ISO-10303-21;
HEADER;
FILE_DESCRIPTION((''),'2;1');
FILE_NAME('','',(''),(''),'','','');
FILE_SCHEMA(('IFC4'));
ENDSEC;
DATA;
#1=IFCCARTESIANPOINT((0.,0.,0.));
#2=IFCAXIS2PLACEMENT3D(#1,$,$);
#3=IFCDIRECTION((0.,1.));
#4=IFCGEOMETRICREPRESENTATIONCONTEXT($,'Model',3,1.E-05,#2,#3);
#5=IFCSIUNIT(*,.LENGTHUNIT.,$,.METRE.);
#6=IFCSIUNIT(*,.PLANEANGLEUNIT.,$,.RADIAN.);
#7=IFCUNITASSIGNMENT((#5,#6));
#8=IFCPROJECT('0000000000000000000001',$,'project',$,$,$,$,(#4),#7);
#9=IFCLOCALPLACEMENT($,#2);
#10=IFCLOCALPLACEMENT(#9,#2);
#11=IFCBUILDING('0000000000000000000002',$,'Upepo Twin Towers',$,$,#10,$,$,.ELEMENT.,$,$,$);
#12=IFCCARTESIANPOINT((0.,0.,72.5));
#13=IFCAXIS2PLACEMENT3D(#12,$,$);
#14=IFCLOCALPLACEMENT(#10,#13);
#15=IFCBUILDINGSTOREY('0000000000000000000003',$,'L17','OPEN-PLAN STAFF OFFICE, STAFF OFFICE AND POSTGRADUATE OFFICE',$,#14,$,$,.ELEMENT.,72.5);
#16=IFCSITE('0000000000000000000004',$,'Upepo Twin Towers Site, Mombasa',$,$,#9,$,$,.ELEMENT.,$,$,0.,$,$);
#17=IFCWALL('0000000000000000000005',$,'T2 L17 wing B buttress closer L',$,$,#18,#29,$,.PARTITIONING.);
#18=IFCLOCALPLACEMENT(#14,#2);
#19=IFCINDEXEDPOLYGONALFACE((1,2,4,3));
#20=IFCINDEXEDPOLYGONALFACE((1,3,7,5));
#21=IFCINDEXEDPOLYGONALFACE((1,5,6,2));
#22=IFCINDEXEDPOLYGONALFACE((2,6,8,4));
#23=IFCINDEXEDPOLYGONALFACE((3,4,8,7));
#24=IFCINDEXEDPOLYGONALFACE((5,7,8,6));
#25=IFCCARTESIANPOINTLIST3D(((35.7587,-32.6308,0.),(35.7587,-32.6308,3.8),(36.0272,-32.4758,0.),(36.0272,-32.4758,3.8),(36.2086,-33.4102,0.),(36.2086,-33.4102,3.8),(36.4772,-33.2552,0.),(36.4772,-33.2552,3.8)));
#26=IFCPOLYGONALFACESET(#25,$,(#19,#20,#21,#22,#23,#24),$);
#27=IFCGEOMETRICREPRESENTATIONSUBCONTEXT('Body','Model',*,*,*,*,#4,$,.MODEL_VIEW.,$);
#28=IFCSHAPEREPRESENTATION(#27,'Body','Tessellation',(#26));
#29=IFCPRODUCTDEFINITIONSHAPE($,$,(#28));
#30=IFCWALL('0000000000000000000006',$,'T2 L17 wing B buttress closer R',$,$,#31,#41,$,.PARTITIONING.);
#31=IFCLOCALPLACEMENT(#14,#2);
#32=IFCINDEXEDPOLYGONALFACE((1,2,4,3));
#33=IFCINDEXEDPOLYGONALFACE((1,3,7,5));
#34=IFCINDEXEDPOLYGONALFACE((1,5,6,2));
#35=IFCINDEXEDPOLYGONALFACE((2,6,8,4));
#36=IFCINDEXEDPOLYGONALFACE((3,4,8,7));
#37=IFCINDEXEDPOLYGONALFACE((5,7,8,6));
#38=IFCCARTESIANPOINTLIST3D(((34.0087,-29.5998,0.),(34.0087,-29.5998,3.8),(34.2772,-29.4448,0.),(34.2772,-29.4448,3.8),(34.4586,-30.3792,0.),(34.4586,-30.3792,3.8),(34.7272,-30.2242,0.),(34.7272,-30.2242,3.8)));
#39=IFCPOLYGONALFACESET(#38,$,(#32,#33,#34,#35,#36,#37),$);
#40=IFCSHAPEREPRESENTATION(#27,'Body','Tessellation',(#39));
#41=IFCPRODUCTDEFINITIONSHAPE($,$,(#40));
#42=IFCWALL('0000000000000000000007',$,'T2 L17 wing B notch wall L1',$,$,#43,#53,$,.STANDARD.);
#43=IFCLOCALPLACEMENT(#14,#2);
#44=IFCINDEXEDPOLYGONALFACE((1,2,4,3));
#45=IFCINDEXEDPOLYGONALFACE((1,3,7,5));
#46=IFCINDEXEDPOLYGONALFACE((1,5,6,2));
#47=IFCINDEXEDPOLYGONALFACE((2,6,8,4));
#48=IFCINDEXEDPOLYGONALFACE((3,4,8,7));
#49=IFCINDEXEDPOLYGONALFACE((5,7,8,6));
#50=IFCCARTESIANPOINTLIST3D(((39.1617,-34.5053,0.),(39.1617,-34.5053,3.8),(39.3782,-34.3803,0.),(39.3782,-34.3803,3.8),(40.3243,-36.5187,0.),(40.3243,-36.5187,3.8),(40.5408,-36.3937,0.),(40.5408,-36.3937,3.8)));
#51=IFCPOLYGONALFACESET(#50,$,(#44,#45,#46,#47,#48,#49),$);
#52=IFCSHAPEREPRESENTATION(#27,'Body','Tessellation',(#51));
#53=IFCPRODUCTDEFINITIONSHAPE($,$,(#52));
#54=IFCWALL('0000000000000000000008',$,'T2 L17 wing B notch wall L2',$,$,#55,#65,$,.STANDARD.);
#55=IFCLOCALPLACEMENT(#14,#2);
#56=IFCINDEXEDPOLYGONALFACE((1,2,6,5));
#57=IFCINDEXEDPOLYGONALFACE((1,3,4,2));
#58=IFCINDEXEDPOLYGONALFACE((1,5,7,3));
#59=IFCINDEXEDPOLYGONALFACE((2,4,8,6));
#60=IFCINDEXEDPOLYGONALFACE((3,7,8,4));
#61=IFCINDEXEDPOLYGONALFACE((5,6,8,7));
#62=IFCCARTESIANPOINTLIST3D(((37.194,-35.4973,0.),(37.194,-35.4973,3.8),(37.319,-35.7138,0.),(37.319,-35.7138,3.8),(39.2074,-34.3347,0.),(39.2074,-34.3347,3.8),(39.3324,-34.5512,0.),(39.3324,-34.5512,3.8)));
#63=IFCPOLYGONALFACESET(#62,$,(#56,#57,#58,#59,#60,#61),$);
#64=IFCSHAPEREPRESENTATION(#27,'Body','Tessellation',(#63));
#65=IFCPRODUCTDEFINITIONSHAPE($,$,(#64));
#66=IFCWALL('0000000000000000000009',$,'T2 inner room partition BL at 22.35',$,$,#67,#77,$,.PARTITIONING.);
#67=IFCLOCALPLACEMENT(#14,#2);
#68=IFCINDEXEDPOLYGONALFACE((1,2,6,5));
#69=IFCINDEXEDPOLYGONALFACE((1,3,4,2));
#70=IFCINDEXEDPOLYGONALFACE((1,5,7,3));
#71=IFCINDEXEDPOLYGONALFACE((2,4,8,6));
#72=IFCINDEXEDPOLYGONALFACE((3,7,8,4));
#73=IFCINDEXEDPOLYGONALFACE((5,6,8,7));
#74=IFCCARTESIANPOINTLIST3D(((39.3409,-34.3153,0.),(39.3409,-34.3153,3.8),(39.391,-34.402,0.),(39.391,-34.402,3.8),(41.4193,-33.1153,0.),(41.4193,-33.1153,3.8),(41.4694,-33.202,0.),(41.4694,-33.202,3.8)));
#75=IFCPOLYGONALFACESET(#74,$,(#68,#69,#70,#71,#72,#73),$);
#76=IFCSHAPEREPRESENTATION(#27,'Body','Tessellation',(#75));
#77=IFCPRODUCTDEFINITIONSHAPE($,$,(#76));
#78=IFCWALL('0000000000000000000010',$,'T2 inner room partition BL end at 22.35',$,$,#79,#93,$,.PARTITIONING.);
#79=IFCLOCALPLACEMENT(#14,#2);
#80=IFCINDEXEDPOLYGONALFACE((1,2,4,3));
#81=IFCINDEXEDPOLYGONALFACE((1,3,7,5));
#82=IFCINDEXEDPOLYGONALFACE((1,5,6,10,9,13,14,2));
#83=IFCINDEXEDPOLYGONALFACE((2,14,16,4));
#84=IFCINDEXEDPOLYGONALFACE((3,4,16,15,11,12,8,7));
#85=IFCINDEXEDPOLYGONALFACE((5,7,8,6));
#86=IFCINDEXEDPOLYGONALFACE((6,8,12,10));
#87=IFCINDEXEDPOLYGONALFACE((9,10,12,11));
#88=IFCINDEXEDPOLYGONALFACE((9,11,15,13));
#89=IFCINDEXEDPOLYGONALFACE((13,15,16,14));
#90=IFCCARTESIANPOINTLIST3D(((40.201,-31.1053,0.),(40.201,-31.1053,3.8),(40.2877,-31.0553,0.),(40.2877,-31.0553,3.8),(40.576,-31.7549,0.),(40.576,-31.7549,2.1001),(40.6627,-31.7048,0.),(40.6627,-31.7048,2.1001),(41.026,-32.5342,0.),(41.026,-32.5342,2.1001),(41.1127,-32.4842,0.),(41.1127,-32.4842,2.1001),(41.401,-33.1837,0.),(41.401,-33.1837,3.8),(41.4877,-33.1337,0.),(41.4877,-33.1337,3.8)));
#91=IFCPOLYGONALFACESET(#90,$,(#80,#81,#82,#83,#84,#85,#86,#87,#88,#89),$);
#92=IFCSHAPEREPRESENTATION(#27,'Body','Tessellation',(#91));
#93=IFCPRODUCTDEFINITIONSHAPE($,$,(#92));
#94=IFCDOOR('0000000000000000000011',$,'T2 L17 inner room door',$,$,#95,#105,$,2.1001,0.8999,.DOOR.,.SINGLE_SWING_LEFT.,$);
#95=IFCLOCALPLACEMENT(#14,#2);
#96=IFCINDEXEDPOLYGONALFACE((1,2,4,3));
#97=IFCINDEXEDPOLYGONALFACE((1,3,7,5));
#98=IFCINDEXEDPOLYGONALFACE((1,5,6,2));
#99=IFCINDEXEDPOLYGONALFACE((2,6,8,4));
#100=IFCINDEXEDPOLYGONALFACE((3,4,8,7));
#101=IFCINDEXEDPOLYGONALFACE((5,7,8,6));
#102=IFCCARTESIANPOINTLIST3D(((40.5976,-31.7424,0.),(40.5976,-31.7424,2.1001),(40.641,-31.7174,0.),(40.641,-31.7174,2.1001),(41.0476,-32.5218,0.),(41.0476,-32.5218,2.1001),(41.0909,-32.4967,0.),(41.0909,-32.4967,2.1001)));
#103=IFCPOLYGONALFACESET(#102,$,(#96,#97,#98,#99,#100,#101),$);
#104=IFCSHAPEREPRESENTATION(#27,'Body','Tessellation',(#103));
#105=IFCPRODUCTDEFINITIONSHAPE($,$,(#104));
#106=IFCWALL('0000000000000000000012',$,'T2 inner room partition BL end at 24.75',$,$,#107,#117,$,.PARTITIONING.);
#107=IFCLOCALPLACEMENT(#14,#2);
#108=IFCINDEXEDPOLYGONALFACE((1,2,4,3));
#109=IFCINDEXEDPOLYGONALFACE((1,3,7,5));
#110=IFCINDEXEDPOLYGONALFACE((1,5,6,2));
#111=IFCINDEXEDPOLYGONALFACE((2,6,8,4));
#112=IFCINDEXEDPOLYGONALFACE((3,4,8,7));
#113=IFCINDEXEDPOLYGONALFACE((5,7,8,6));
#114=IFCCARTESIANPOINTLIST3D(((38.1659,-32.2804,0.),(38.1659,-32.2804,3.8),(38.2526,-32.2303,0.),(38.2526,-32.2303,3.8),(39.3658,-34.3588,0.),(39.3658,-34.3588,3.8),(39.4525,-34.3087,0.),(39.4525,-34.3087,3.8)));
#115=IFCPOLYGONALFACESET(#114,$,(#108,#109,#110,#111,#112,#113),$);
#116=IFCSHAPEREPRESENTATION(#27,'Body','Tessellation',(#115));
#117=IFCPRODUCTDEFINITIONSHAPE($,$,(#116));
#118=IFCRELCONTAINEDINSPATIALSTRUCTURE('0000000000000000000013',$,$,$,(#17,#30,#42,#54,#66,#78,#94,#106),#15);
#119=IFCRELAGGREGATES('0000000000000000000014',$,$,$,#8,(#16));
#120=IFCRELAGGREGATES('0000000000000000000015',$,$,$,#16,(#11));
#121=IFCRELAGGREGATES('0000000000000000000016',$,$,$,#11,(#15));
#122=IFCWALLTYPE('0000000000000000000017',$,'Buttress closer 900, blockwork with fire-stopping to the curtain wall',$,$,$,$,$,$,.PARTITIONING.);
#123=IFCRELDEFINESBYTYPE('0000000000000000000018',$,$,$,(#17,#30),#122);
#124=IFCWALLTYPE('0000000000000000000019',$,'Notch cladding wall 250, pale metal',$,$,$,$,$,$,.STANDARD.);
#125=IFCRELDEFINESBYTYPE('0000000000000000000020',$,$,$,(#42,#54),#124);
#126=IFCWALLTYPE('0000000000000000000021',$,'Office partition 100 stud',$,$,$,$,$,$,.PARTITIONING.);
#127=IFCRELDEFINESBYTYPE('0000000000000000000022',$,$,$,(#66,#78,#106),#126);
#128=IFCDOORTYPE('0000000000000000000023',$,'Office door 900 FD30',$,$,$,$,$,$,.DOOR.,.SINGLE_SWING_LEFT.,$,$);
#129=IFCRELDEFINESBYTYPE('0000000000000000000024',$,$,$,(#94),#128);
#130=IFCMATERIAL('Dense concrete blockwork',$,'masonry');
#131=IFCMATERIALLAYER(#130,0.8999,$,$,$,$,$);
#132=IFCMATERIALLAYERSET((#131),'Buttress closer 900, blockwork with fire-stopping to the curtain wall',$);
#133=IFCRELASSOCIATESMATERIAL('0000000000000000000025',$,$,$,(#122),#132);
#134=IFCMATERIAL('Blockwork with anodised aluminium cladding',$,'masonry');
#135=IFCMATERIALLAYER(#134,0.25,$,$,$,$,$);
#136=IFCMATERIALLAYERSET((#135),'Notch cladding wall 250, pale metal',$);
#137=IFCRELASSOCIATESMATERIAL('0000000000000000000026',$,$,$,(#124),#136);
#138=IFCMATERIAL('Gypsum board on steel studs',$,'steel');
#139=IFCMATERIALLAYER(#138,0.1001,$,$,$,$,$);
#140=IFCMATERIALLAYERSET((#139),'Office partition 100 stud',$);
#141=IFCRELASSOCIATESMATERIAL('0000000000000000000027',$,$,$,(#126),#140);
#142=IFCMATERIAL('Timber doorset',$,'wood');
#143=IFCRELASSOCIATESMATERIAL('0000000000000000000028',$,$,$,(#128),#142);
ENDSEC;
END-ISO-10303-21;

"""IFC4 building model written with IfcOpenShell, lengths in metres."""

from ifc_helpers import new_model, si_unit, direction, frame, frame_2d, origin, place, context, subcontext, project, spatial, rectangle, extrude, material, layer, layer_set, type_object, element, fill, save


model = new_model("IFC4")

# Units and contexts
model_context = context("Model", 3, precision=1e-05, world=origin(), true_north=direction((0.0, 1.0)))
body_context = subcontext(model_context, "Body", "Model", "MODEL_VIEW")
ifc_project = project(units=[si_unit("LENGTHUNIT", "METRE"), si_unit("PLANEANGLEUNIT", "RADIAN")], contexts=[model_context])

# Site, building, storey
site_placement = place(None, origin())
site = spatial("IfcSite", under=ifc_project, at=site_placement, Name="Upepo Twin Towers Site, Mombasa", CompositionType="ELEMENT", RefElevation=0.0)
building_placement = place(site_placement, origin())
building = spatial("IfcBuilding", under=site, at=building_placement, Name="Upepo Twin Towers", CompositionType="ELEMENT")
storey_placement = place(building_placement, frame((0.0, 0.0, 72.5)))
storey = spatial("IfcBuildingStorey", under=building, at=storey_placement, Name="L17", Description="OPEN-PLAN STAFF OFFICE, STAFF OFFICE AND POSTGRADUATE OFFICE", CompositionType="ELEMENT", Elevation=72.5)

# Walls
ifc_material_1 = material(Name="Dense concrete blockwork", Category="masonry")
ifc_layer_1 = layer(ifc_material_1, 0.8999)
ifc_layer_set_1 = layer_set([ifc_layer_1], Name="Buttress closer 900, blockwork with fire-stopping to the curtain wall")
wall_type_1 = type_object("IfcWallType", Name="Buttress closer 900, blockwork with fire-stopping to the curtain wall", PredefinedType="PARTITIONING", material=ifc_layer_set_1)
for number, where, z_axis, x_axis, name in (
    (1, (36.2522, -32.8655, 0.0), (0.0, 0.0, 1.0), (-0.866054, -0.49995, 0.0), "T2 L17 wing B buttress closer L"),
    (2, (34.5022, -29.8345, 0.0), (0.0, 0.0, 1.0), (-0.866054, -0.49995, 0.0), "T2 L17 wing B buttress closer R"),
):
    element("IfcWall", number, at=place(storey_placement, frame(where, z_axis=z_axis, x_axis=x_axis)), inside=storey, type_object=wall_type_1, Name=name, PredefinedType="PARTITIONING", context=body_context, shape_type="SweptSolid", body=[
        extrude(rectangle(XDim=0.3101, YDim=0.8999, at=frame_2d((0.155, 0.0))), origin(), (0.0, 0.0, 1.0), 3.8),
    ])
ifc_material_2 = material(Name="Blockwork with anodised aluminium cladding", Category="masonry")
ifc_layer_2 = layer(ifc_material_2, 0.25)
ifc_layer_set_2 = layer_set([ifc_layer_2], Name="Notch cladding wall 250, pale metal")
wall_type_2 = type_object("IfcWallType", Name="Notch cladding wall 250, pale metal", PredefinedType="STANDARD", material=ifc_layer_set_2)
for number, where, z_axis, x_axis, name in (
    (3, (40.4326, -36.4563, 0.0), (0.0, 0.0, 1.0), (-0.500047, 0.865998, 0.0), "T2 L17 wing B notch wall L1"),
    (4, (39.27, -34.4429, 0.0), (0.0, 0.0, 1.0), (-0.865998, -0.500047, 0.0), "T2 L17 wing B notch wall L2"),
):
    element("IfcWall", number, at=place(storey_placement, frame(where, z_axis=z_axis, x_axis=x_axis)), inside=storey, type_object=wall_type_2, Name=name, PredefinedType="STANDARD", context=body_context, shape_type="SweptSolid", body=[
        extrude(rectangle(XDim=2.325, YDim=0.25, at=frame_2d((1.1626, 0.0))), origin(), (0.0, 0.0, 1.0), 3.8),
    ])
ifc_material_3 = material(Name="Gypsum board on steel studs", Category="steel")
ifc_layer_3 = layer(ifc_material_3, 0.1001)
ifc_layer_set_3 = layer_set([ifc_layer_3], Name="Office partition 100 stud")
wall_type_3 = type_object("IfcWallType", Name="Office partition 100 stud", PredefinedType="PARTITIONING", material=ifc_layer_set_3)
wall_1_placement = place(storey_placement, frame((41.4443, -33.1587, 0.0), z_axis=(0.0, 0.0, 1.0), x_axis=(-0.866025, -0.500001, 0.0)))
element("IfcWall", 5, at=wall_1_placement, inside=storey, type_object=wall_type_3, Name="T2 inner room partition BL at 22.35", PredefinedType="PARTITIONING", context=body_context, shape_type="SweptSolid", body=[
    extrude(rectangle(XDim=2.3999, YDim=0.1001, at=frame_2d((1.2, 0.0))), origin(), (0.0, 0.0, 1.0), 3.8),
])

# Wall, opening, door
wall_2_placement = place(storey_placement, frame((40.2444, -31.0803, 0.0), z_axis=(0.0, 0.0, 1.0), x_axis=(0.500001, -0.866025, 0.0)))
wall_2 = element("IfcWall", 6, at=wall_2_placement, inside=storey, type_object=wall_type_3, Name="T2 inner room partition BL end at 22.35", PredefinedType="PARTITIONING", context=body_context, shape_type="SweptSolid", body=[
    extrude(rectangle(XDim=2.3999, YDim=0.1001, at=frame_2d((1.2, 0.0))), origin(), (0.0, 0.0, 1.0), 3.8),
])
opening_placement = place(wall_2_placement, frame((0.75, 0.0, 0.0)))
opening = element("IfcOpeningElement", 7, at=opening_placement, cuts=wall_2, PredefinedType="OPENING", context=body_context, shape_type="SweptSolid", body=[
    extrude(rectangle(XDim=0.8999, YDim=2.1001, at=frame_2d((0.45, 1.05))), frame((0.0, 0.0601, 0.0), z_axis=(0.0, -1.0, 0.0), x_axis=(1.0, 0.0, 0.0)), (0.0, 0.0, 1.0), 0.1201),
])
ifc_material_4 = material(Name="Timber doorset", Category="wood")
door_type = type_object("IfcDoorType", Name="Office door 900 FD30", OperationType="SINGLE_SWING_LEFT", PredefinedType="DOOR", material=ifc_material_4)
door_placement = place(opening_placement, origin())
door = element("IfcDoor", 8, at=door_placement, inside=storey, type_object=door_type, Name="T2 L17 inner room door", OperationType="SINGLE_SWING_LEFT", OverallHeight=2.1001, OverallWidth=0.8999, PredefinedType="DOOR", context=body_context, shape_type="SweptSolid", body=[
    extrude(rectangle(XDim=0.8999, YDim=2.1001, at=frame_2d((0.45, 1.05))), frame((0.0, 0.0249, 0.0), z_axis=(0.0, -1.0, 0.0), x_axis=(1.0, 0.0, 0.0)), (0.0, 0.0, 1.0), 0.05),
])
fill(opening, door)

# Wall
wall_3_placement = place(storey_placement, frame((38.2092, -32.2554, 0.0), z_axis=(0.0, 0.0, 1.0), x_axis=(0.500001, -0.866025, 0.0)))
element("IfcWall", 9, at=wall_3_placement, inside=storey, type_object=wall_type_3, Name="T2 inner room partition BL end at 24.75", PredefinedType="PARTITIONING", context=body_context, shape_type="SweptSolid", body=[
    extrude(rectangle(XDim=2.3999, YDim=0.1001, at=frame_2d((1.2, 0.0))), origin(), (0.0, 0.0, 1.0), 3.8),
])

save(model, "model.ifc")
